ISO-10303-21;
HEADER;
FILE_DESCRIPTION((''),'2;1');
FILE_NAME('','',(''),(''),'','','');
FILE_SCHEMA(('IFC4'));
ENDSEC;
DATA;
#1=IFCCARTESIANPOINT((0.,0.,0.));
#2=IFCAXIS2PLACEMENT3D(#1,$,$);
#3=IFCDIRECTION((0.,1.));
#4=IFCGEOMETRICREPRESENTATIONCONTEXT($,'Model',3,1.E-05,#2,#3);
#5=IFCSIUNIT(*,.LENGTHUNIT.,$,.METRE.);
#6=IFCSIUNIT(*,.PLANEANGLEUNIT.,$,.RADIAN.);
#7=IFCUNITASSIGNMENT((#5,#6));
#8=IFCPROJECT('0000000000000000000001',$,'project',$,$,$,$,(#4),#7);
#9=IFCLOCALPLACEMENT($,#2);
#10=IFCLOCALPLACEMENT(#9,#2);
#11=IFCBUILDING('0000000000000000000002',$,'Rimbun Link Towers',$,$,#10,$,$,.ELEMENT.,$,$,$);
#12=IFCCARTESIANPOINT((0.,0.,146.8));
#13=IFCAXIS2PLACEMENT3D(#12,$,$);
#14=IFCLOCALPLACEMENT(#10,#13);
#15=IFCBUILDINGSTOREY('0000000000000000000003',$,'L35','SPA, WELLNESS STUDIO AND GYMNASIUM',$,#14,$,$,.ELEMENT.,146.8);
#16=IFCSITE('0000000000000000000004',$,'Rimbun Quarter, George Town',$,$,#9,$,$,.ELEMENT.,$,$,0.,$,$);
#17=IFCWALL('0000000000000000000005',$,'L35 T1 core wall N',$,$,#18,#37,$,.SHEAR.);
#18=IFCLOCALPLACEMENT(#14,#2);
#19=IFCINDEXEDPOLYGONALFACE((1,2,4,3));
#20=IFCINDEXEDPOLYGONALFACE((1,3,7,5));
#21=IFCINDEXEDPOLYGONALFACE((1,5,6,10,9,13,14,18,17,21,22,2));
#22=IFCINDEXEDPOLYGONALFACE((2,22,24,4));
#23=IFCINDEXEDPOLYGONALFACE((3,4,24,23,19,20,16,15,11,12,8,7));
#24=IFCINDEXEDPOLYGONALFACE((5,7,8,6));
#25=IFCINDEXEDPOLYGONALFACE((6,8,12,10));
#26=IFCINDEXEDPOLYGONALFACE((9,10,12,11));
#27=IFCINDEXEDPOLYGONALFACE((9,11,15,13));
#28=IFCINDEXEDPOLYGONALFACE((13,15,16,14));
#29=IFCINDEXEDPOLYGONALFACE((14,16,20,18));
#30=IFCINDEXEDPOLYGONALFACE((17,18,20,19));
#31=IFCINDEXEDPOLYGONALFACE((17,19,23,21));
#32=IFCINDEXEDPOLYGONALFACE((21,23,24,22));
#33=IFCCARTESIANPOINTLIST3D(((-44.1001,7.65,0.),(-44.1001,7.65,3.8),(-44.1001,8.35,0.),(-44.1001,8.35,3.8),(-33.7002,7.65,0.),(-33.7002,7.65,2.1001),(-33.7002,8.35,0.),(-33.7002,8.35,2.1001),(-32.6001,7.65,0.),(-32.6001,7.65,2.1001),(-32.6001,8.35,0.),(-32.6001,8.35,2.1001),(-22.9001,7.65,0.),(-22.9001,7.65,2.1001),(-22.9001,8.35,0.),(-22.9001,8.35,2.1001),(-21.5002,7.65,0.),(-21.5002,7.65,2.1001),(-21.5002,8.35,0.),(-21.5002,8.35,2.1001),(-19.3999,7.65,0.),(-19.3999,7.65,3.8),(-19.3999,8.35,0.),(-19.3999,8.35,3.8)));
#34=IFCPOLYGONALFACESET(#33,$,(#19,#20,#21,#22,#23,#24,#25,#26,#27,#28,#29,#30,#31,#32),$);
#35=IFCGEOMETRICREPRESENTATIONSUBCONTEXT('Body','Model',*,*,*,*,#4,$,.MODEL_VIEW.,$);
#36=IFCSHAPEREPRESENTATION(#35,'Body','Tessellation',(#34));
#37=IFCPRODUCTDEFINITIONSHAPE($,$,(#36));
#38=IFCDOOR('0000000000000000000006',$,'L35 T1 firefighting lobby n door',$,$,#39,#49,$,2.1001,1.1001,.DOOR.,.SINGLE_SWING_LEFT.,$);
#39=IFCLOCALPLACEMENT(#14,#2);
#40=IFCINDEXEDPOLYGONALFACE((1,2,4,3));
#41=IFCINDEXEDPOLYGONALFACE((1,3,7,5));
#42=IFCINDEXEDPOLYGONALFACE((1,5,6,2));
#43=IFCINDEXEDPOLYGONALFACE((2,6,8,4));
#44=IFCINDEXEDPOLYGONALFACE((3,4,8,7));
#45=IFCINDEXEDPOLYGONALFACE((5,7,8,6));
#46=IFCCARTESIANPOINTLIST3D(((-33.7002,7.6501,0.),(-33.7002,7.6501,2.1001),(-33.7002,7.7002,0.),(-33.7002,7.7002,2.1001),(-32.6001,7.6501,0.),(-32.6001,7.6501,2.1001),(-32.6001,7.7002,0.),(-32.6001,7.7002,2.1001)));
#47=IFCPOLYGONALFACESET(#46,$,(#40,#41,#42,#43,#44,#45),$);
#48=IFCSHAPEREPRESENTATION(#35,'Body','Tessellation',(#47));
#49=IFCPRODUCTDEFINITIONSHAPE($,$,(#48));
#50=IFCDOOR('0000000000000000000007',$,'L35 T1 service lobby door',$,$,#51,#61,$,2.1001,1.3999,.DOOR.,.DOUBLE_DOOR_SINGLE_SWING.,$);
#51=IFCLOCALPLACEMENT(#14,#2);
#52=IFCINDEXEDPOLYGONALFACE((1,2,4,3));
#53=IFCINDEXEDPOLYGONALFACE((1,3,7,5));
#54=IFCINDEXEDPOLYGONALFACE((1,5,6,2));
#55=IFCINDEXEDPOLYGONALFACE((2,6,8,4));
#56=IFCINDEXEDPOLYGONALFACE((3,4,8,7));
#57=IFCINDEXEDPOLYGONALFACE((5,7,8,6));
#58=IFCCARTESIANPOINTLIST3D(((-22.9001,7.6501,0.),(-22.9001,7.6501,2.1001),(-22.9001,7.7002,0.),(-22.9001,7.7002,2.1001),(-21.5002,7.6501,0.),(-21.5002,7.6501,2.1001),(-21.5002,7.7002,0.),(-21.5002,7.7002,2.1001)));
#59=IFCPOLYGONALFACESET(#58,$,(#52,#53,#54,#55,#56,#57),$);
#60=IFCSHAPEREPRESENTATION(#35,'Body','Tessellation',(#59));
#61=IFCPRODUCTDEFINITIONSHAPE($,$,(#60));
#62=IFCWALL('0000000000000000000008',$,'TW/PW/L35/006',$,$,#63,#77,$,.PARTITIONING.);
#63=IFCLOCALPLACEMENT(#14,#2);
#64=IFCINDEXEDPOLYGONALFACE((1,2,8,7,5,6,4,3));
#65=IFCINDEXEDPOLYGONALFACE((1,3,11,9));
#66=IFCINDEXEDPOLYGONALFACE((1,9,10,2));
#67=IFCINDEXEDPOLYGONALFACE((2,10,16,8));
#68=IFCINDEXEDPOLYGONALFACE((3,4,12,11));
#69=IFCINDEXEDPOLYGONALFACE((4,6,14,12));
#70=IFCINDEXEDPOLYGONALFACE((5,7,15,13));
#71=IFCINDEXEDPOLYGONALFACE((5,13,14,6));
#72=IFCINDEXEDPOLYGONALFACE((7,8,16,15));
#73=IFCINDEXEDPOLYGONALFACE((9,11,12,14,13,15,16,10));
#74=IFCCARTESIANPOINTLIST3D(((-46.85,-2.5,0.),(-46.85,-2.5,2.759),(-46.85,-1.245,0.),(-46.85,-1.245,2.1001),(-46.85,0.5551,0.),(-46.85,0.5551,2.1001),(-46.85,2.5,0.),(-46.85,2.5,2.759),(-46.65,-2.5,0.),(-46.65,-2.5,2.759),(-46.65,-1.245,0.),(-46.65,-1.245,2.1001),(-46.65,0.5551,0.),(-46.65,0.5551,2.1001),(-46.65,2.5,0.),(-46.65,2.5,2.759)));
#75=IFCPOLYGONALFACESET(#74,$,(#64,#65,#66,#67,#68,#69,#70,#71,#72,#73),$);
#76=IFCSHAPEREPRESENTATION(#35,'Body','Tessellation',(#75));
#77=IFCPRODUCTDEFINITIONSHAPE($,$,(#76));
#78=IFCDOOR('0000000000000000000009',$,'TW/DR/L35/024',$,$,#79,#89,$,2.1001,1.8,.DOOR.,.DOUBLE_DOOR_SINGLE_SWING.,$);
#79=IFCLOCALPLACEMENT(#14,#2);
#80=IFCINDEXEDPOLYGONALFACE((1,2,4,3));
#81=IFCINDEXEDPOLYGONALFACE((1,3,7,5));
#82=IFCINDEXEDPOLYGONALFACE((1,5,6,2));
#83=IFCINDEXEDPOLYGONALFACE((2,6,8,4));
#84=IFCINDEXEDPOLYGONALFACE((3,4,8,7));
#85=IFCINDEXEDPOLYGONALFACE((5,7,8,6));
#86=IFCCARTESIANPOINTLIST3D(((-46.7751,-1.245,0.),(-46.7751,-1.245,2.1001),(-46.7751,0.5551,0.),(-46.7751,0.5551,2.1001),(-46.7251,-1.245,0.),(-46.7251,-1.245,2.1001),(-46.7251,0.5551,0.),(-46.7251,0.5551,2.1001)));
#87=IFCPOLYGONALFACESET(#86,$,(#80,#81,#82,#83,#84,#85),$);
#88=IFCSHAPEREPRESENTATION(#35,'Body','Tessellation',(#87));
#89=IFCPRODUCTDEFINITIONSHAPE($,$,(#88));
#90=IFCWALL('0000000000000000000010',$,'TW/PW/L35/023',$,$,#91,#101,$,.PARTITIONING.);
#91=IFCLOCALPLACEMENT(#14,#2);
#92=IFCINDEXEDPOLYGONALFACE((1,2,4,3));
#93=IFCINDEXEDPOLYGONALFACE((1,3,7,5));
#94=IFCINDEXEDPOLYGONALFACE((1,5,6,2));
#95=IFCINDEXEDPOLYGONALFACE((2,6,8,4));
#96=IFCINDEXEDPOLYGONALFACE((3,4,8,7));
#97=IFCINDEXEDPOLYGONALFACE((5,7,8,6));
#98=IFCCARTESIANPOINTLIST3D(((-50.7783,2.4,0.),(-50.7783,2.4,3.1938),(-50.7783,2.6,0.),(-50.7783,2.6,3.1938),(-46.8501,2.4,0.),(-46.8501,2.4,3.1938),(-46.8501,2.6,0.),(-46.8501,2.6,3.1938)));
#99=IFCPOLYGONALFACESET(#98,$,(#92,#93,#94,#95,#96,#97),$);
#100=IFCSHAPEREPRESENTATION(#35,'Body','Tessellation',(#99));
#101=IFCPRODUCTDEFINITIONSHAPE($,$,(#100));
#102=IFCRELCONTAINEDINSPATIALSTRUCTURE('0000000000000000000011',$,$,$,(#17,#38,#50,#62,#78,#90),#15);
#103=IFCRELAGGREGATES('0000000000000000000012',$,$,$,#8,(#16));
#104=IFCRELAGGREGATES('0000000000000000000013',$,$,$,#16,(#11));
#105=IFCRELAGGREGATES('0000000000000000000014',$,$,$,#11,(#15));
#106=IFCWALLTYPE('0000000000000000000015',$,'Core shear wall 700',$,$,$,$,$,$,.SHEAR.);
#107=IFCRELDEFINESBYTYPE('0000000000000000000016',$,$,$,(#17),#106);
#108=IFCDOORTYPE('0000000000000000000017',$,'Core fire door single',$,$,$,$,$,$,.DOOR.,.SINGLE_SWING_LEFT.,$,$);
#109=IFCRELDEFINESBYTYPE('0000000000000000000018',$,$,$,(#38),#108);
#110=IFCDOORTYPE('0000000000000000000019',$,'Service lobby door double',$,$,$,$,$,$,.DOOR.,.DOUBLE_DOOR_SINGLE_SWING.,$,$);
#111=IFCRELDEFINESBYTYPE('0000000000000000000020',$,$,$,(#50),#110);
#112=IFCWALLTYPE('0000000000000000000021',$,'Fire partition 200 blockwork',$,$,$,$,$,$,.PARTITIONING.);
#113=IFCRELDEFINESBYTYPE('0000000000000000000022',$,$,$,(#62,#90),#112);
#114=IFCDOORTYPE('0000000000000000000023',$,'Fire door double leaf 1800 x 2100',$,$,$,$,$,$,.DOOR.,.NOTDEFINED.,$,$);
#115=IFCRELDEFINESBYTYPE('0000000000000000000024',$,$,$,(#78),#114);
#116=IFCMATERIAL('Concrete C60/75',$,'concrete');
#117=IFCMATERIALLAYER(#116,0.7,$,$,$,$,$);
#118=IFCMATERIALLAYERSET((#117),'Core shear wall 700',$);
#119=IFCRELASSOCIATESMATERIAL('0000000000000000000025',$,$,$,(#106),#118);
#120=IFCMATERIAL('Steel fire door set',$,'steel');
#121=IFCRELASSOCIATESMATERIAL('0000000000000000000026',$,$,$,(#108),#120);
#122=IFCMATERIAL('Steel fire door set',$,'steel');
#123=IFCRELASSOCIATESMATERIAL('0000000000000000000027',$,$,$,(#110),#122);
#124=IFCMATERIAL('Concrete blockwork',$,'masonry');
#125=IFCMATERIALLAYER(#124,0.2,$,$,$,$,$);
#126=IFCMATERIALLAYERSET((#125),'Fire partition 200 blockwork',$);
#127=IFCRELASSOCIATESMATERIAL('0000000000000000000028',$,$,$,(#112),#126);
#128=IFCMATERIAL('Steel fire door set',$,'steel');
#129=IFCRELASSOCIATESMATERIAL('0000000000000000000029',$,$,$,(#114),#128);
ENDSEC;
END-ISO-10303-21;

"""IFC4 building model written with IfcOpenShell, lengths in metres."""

from ifc_helpers import new_model, si_unit, direction, frame, frame_2d, origin, place, context, subcontext, project, spatial, rectangle, extrude, material, layer, layer_set, type_object, element, fill, save


model = new_model("IFC4")

# Units and contexts
model_context = context("Model", 3, precision=1e-05, world=origin(), true_north=direction((0.0, 1.0)))
body_context = subcontext(model_context, "Body", "Model", "MODEL_VIEW")
ifc_project = project(units=[si_unit("LENGTHUNIT", "METRE"), si_unit("PLANEANGLEUNIT", "RADIAN")], contexts=[model_context])

# Site, building, storey
site_placement = place(None, origin())
site = spatial("IfcSite", under=ifc_project, at=site_placement, Name="Rimbun Quarter, George Town", CompositionType="ELEMENT", RefElevation=0.0)
building_placement = place(site_placement, origin())
building = spatial("IfcBuilding", under=site, at=building_placement, Name="Rimbun Link Towers", CompositionType="ELEMENT")
storey_placement = place(building_placement, frame((0.0, 0.0, 146.8)))
storey = spatial("IfcBuildingStorey", under=building, at=storey_placement, Name="L35", Description="SPA, WELLNESS STUDIO AND GYMNASIUM", CompositionType="ELEMENT", Elevation=146.8)

# Wall, openings, doors
ifc_material_1 = material(Name="Concrete C60/75", Category="concrete")
ifc_layer_1 = layer(ifc_material_1, 0.7)
ifc_layer_set_1 = layer_set([ifc_layer_1], Name="Core shear wall 700")
wall_type_1 = type_object("IfcWallType", Name="Core shear wall 700", PredefinedType="SHEAR", material=ifc_layer_set_1)
wall_1_placement = place(storey_placement, frame((-44.1001, 8.0, 0.0), z_axis=(0.0, 0.0, 1.0), x_axis=(1.0, 0.0, 0.0)))
wall_1 = element("IfcWall", 1, at=wall_1_placement, inside=storey, type_object=wall_type_1, Name="L35 T1 core wall N", PredefinedType="SHEAR", context=body_context, shape_type="SweptSolid", body=[
    extrude(rectangle(XDim=24.7002, YDim=0.7, at=frame_2d((12.3501, 0.0))), origin(), (0.0, 0.0, 1.0), 3.8),
])
opening_1_placement = place(wall_1_placement, frame((10.3999, 0.0, 0.0)))
opening_1 = element("IfcOpeningElement", 2, at=opening_1_placement, cuts=wall_1, PredefinedType="OPENING", context=body_context, shape_type="SweptSolid", body=[
    extrude(rectangle(XDim=1.1001, YDim=2.1001, at=frame_2d((0.55, 1.05))), frame((0.0, 0.3599, 0.0), z_axis=(0.0, -1.0, 0.0), x_axis=(1.0, 0.0, 0.0)), (0.0, 0.0, 1.0), 0.72),
])
opening_2_placement = place(wall_1_placement, frame((21.2, 0.0, 0.0)))
opening_2 = element("IfcOpeningElement", 3, at=opening_2_placement, cuts=wall_1, PredefinedType="OPENING", context=body_context, shape_type="SweptSolid", body=[
    extrude(rectangle(XDim=1.3999, YDim=2.1001, at=frame_2d((0.7, 1.05))), frame((0.0, 0.3599, 0.0), z_axis=(0.0, -1.0, 0.0), x_axis=(1.0, 0.0, 0.0)), (0.0, 0.0, 1.0), 0.72),
])
ifc_material_2 = material(Name="Steel fire door set", Category="steel")
door_type_1 = type_object("IfcDoorType", Name="Core fire door single", OperationType="SINGLE_SWING_LEFT", PredefinedType="DOOR", material=ifc_material_2)
door_1_placement = place(opening_1_placement, origin())
door_1 = element("IfcDoor", 4, at=door_1_placement, inside=storey, type_object=door_type_1, Name="L35 T1 firefighting lobby n door", OperationType="SINGLE_SWING_LEFT", OverallHeight=2.1001, OverallWidth=1.1001, PredefinedType="DOOR", context=body_context, shape_type="SweptSolid", body=[
    extrude(rectangle(XDim=1.1001, YDim=2.1001, at=frame_2d((0.55, 1.05))), frame((0.0, -0.2998, 0.0), z_axis=(0.0, -1.0, 0.0), x_axis=(1.0, 0.0, 0.0)), (0.0, 0.0, 1.0), 0.05),
])
fill(opening_1, door_1)
ifc_material_3 = material(Name="Steel fire door set", Category="steel")
door_type_2 = type_object("IfcDoorType", Name="Service lobby door double", OperationType="DOUBLE_DOOR_SINGLE_SWING", PredefinedType="DOOR", material=ifc_material_3)
door_2_placement = place(opening_2_placement, origin())
door_2 = element("IfcDoor", 5, at=door_2_placement, inside=storey, type_object=door_type_2, Name="L35 T1 service lobby door", OperationType="DOUBLE_DOOR_SINGLE_SWING", OverallHeight=2.1001, OverallWidth=1.3999, PredefinedType="DOOR", context=body_context, shape_type="SweptSolid", body=[
    extrude(rectangle(XDim=1.3999, YDim=2.1001, at=frame_2d((0.7, 1.05))), frame((0.0, -0.2998, 0.0), z_axis=(0.0, -1.0, 0.0), x_axis=(1.0, 0.0, 0.0)), (0.0, 0.0, 1.0), 0.05),
])
fill(opening_2, door_2)

# Wall, opening, door
ifc_material_4 = material(Name="Concrete blockwork", Category="masonry")
ifc_layer_2 = layer(ifc_material_4, 0.2)
ifc_layer_set_2 = layer_set([ifc_layer_2], Name="Fire partition 200 blockwork")
wall_type_2 = type_object("IfcWallType", Name="Fire partition 200 blockwork", PredefinedType="PARTITIONING", material=ifc_layer_set_2)
wall_2_placement = place(storey_placement, frame((-46.75, 2.5, 0.0), z_axis=(0.0, 0.0, 1.0), x_axis=(0.0, -1.0, 0.0)))
wall_2 = element("IfcWall", 6, at=wall_2_placement, inside=storey, type_object=wall_type_2, Name="TW/PW/L35/006", PredefinedType="PARTITIONING", context=body_context, shape_type="SweptSolid", body=[
    extrude(rectangle(XDim=5.0, YDim=0.2, at=frame_2d((2.5, 0.0))), origin(), (0.0, 0.0, 1.0), 2.759),
])
opening_3_placement = place(wall_2_placement, frame((1.9451, 0.0, 0.0)))
opening_3 = element("IfcOpeningElement", 7, at=opening_3_placement, cuts=wall_2, PredefinedType="OPENING", context=body_context, shape_type="SweptSolid", body=[
    extrude(rectangle(XDim=1.8, YDim=2.1001, at=frame_2d((0.8999, 1.05))), frame((0.0, 0.1099, 0.0), z_axis=(0.0, -1.0, 0.0), x_axis=(1.0, 0.0, 0.0)), (0.0, 0.0, 1.0), 0.22),
])
ifc_material_5 = material(Name="Steel fire door set", Category="steel")
door_type_3 = type_object("IfcDoorType", Name="Fire door double leaf 1800 x 2100", OperationType="NOTDEFINED", PredefinedType="DOOR", material=ifc_material_5)
door_3_placement = place(opening_3_placement, origin())
door_3 = element("IfcDoor", 8, at=door_3_placement, inside=storey, type_object=door_type_3, Name="TW/DR/L35/024", OperationType="DOUBLE_DOOR_SINGLE_SWING", OverallHeight=2.1001, OverallWidth=1.8, PredefinedType="DOOR", context=body_context, shape_type="SweptSolid", body=[
    extrude(rectangle(XDim=1.8, YDim=2.1001, at=frame_2d((0.8999, 1.05))), frame((0.0, 0.0249, 0.0), z_axis=(0.0, -1.0, 0.0), x_axis=(1.0, 0.0, 0.0)), (0.0, 0.0, 1.0), 0.05),
])
fill(opening_3, door_3)

# Wall
wall_3_placement = place(storey_placement, frame((-46.8501, 2.5, 0.0), z_axis=(0.0, 0.0, 1.0), x_axis=(-1.0, 0.0, 0.0)))
element("IfcWall", 9, at=wall_3_placement, inside=storey, type_object=wall_type_2, Name="TW/PW/L35/023", PredefinedType="PARTITIONING", context=body_context, shape_type="SweptSolid", body=[
    extrude(rectangle(XDim=3.9282, YDim=0.2, at=frame_2d((1.9641, 0.0))), origin(), (0.0, 0.0, 1.0), 3.1938),
])

save(model, "model.ifc")
